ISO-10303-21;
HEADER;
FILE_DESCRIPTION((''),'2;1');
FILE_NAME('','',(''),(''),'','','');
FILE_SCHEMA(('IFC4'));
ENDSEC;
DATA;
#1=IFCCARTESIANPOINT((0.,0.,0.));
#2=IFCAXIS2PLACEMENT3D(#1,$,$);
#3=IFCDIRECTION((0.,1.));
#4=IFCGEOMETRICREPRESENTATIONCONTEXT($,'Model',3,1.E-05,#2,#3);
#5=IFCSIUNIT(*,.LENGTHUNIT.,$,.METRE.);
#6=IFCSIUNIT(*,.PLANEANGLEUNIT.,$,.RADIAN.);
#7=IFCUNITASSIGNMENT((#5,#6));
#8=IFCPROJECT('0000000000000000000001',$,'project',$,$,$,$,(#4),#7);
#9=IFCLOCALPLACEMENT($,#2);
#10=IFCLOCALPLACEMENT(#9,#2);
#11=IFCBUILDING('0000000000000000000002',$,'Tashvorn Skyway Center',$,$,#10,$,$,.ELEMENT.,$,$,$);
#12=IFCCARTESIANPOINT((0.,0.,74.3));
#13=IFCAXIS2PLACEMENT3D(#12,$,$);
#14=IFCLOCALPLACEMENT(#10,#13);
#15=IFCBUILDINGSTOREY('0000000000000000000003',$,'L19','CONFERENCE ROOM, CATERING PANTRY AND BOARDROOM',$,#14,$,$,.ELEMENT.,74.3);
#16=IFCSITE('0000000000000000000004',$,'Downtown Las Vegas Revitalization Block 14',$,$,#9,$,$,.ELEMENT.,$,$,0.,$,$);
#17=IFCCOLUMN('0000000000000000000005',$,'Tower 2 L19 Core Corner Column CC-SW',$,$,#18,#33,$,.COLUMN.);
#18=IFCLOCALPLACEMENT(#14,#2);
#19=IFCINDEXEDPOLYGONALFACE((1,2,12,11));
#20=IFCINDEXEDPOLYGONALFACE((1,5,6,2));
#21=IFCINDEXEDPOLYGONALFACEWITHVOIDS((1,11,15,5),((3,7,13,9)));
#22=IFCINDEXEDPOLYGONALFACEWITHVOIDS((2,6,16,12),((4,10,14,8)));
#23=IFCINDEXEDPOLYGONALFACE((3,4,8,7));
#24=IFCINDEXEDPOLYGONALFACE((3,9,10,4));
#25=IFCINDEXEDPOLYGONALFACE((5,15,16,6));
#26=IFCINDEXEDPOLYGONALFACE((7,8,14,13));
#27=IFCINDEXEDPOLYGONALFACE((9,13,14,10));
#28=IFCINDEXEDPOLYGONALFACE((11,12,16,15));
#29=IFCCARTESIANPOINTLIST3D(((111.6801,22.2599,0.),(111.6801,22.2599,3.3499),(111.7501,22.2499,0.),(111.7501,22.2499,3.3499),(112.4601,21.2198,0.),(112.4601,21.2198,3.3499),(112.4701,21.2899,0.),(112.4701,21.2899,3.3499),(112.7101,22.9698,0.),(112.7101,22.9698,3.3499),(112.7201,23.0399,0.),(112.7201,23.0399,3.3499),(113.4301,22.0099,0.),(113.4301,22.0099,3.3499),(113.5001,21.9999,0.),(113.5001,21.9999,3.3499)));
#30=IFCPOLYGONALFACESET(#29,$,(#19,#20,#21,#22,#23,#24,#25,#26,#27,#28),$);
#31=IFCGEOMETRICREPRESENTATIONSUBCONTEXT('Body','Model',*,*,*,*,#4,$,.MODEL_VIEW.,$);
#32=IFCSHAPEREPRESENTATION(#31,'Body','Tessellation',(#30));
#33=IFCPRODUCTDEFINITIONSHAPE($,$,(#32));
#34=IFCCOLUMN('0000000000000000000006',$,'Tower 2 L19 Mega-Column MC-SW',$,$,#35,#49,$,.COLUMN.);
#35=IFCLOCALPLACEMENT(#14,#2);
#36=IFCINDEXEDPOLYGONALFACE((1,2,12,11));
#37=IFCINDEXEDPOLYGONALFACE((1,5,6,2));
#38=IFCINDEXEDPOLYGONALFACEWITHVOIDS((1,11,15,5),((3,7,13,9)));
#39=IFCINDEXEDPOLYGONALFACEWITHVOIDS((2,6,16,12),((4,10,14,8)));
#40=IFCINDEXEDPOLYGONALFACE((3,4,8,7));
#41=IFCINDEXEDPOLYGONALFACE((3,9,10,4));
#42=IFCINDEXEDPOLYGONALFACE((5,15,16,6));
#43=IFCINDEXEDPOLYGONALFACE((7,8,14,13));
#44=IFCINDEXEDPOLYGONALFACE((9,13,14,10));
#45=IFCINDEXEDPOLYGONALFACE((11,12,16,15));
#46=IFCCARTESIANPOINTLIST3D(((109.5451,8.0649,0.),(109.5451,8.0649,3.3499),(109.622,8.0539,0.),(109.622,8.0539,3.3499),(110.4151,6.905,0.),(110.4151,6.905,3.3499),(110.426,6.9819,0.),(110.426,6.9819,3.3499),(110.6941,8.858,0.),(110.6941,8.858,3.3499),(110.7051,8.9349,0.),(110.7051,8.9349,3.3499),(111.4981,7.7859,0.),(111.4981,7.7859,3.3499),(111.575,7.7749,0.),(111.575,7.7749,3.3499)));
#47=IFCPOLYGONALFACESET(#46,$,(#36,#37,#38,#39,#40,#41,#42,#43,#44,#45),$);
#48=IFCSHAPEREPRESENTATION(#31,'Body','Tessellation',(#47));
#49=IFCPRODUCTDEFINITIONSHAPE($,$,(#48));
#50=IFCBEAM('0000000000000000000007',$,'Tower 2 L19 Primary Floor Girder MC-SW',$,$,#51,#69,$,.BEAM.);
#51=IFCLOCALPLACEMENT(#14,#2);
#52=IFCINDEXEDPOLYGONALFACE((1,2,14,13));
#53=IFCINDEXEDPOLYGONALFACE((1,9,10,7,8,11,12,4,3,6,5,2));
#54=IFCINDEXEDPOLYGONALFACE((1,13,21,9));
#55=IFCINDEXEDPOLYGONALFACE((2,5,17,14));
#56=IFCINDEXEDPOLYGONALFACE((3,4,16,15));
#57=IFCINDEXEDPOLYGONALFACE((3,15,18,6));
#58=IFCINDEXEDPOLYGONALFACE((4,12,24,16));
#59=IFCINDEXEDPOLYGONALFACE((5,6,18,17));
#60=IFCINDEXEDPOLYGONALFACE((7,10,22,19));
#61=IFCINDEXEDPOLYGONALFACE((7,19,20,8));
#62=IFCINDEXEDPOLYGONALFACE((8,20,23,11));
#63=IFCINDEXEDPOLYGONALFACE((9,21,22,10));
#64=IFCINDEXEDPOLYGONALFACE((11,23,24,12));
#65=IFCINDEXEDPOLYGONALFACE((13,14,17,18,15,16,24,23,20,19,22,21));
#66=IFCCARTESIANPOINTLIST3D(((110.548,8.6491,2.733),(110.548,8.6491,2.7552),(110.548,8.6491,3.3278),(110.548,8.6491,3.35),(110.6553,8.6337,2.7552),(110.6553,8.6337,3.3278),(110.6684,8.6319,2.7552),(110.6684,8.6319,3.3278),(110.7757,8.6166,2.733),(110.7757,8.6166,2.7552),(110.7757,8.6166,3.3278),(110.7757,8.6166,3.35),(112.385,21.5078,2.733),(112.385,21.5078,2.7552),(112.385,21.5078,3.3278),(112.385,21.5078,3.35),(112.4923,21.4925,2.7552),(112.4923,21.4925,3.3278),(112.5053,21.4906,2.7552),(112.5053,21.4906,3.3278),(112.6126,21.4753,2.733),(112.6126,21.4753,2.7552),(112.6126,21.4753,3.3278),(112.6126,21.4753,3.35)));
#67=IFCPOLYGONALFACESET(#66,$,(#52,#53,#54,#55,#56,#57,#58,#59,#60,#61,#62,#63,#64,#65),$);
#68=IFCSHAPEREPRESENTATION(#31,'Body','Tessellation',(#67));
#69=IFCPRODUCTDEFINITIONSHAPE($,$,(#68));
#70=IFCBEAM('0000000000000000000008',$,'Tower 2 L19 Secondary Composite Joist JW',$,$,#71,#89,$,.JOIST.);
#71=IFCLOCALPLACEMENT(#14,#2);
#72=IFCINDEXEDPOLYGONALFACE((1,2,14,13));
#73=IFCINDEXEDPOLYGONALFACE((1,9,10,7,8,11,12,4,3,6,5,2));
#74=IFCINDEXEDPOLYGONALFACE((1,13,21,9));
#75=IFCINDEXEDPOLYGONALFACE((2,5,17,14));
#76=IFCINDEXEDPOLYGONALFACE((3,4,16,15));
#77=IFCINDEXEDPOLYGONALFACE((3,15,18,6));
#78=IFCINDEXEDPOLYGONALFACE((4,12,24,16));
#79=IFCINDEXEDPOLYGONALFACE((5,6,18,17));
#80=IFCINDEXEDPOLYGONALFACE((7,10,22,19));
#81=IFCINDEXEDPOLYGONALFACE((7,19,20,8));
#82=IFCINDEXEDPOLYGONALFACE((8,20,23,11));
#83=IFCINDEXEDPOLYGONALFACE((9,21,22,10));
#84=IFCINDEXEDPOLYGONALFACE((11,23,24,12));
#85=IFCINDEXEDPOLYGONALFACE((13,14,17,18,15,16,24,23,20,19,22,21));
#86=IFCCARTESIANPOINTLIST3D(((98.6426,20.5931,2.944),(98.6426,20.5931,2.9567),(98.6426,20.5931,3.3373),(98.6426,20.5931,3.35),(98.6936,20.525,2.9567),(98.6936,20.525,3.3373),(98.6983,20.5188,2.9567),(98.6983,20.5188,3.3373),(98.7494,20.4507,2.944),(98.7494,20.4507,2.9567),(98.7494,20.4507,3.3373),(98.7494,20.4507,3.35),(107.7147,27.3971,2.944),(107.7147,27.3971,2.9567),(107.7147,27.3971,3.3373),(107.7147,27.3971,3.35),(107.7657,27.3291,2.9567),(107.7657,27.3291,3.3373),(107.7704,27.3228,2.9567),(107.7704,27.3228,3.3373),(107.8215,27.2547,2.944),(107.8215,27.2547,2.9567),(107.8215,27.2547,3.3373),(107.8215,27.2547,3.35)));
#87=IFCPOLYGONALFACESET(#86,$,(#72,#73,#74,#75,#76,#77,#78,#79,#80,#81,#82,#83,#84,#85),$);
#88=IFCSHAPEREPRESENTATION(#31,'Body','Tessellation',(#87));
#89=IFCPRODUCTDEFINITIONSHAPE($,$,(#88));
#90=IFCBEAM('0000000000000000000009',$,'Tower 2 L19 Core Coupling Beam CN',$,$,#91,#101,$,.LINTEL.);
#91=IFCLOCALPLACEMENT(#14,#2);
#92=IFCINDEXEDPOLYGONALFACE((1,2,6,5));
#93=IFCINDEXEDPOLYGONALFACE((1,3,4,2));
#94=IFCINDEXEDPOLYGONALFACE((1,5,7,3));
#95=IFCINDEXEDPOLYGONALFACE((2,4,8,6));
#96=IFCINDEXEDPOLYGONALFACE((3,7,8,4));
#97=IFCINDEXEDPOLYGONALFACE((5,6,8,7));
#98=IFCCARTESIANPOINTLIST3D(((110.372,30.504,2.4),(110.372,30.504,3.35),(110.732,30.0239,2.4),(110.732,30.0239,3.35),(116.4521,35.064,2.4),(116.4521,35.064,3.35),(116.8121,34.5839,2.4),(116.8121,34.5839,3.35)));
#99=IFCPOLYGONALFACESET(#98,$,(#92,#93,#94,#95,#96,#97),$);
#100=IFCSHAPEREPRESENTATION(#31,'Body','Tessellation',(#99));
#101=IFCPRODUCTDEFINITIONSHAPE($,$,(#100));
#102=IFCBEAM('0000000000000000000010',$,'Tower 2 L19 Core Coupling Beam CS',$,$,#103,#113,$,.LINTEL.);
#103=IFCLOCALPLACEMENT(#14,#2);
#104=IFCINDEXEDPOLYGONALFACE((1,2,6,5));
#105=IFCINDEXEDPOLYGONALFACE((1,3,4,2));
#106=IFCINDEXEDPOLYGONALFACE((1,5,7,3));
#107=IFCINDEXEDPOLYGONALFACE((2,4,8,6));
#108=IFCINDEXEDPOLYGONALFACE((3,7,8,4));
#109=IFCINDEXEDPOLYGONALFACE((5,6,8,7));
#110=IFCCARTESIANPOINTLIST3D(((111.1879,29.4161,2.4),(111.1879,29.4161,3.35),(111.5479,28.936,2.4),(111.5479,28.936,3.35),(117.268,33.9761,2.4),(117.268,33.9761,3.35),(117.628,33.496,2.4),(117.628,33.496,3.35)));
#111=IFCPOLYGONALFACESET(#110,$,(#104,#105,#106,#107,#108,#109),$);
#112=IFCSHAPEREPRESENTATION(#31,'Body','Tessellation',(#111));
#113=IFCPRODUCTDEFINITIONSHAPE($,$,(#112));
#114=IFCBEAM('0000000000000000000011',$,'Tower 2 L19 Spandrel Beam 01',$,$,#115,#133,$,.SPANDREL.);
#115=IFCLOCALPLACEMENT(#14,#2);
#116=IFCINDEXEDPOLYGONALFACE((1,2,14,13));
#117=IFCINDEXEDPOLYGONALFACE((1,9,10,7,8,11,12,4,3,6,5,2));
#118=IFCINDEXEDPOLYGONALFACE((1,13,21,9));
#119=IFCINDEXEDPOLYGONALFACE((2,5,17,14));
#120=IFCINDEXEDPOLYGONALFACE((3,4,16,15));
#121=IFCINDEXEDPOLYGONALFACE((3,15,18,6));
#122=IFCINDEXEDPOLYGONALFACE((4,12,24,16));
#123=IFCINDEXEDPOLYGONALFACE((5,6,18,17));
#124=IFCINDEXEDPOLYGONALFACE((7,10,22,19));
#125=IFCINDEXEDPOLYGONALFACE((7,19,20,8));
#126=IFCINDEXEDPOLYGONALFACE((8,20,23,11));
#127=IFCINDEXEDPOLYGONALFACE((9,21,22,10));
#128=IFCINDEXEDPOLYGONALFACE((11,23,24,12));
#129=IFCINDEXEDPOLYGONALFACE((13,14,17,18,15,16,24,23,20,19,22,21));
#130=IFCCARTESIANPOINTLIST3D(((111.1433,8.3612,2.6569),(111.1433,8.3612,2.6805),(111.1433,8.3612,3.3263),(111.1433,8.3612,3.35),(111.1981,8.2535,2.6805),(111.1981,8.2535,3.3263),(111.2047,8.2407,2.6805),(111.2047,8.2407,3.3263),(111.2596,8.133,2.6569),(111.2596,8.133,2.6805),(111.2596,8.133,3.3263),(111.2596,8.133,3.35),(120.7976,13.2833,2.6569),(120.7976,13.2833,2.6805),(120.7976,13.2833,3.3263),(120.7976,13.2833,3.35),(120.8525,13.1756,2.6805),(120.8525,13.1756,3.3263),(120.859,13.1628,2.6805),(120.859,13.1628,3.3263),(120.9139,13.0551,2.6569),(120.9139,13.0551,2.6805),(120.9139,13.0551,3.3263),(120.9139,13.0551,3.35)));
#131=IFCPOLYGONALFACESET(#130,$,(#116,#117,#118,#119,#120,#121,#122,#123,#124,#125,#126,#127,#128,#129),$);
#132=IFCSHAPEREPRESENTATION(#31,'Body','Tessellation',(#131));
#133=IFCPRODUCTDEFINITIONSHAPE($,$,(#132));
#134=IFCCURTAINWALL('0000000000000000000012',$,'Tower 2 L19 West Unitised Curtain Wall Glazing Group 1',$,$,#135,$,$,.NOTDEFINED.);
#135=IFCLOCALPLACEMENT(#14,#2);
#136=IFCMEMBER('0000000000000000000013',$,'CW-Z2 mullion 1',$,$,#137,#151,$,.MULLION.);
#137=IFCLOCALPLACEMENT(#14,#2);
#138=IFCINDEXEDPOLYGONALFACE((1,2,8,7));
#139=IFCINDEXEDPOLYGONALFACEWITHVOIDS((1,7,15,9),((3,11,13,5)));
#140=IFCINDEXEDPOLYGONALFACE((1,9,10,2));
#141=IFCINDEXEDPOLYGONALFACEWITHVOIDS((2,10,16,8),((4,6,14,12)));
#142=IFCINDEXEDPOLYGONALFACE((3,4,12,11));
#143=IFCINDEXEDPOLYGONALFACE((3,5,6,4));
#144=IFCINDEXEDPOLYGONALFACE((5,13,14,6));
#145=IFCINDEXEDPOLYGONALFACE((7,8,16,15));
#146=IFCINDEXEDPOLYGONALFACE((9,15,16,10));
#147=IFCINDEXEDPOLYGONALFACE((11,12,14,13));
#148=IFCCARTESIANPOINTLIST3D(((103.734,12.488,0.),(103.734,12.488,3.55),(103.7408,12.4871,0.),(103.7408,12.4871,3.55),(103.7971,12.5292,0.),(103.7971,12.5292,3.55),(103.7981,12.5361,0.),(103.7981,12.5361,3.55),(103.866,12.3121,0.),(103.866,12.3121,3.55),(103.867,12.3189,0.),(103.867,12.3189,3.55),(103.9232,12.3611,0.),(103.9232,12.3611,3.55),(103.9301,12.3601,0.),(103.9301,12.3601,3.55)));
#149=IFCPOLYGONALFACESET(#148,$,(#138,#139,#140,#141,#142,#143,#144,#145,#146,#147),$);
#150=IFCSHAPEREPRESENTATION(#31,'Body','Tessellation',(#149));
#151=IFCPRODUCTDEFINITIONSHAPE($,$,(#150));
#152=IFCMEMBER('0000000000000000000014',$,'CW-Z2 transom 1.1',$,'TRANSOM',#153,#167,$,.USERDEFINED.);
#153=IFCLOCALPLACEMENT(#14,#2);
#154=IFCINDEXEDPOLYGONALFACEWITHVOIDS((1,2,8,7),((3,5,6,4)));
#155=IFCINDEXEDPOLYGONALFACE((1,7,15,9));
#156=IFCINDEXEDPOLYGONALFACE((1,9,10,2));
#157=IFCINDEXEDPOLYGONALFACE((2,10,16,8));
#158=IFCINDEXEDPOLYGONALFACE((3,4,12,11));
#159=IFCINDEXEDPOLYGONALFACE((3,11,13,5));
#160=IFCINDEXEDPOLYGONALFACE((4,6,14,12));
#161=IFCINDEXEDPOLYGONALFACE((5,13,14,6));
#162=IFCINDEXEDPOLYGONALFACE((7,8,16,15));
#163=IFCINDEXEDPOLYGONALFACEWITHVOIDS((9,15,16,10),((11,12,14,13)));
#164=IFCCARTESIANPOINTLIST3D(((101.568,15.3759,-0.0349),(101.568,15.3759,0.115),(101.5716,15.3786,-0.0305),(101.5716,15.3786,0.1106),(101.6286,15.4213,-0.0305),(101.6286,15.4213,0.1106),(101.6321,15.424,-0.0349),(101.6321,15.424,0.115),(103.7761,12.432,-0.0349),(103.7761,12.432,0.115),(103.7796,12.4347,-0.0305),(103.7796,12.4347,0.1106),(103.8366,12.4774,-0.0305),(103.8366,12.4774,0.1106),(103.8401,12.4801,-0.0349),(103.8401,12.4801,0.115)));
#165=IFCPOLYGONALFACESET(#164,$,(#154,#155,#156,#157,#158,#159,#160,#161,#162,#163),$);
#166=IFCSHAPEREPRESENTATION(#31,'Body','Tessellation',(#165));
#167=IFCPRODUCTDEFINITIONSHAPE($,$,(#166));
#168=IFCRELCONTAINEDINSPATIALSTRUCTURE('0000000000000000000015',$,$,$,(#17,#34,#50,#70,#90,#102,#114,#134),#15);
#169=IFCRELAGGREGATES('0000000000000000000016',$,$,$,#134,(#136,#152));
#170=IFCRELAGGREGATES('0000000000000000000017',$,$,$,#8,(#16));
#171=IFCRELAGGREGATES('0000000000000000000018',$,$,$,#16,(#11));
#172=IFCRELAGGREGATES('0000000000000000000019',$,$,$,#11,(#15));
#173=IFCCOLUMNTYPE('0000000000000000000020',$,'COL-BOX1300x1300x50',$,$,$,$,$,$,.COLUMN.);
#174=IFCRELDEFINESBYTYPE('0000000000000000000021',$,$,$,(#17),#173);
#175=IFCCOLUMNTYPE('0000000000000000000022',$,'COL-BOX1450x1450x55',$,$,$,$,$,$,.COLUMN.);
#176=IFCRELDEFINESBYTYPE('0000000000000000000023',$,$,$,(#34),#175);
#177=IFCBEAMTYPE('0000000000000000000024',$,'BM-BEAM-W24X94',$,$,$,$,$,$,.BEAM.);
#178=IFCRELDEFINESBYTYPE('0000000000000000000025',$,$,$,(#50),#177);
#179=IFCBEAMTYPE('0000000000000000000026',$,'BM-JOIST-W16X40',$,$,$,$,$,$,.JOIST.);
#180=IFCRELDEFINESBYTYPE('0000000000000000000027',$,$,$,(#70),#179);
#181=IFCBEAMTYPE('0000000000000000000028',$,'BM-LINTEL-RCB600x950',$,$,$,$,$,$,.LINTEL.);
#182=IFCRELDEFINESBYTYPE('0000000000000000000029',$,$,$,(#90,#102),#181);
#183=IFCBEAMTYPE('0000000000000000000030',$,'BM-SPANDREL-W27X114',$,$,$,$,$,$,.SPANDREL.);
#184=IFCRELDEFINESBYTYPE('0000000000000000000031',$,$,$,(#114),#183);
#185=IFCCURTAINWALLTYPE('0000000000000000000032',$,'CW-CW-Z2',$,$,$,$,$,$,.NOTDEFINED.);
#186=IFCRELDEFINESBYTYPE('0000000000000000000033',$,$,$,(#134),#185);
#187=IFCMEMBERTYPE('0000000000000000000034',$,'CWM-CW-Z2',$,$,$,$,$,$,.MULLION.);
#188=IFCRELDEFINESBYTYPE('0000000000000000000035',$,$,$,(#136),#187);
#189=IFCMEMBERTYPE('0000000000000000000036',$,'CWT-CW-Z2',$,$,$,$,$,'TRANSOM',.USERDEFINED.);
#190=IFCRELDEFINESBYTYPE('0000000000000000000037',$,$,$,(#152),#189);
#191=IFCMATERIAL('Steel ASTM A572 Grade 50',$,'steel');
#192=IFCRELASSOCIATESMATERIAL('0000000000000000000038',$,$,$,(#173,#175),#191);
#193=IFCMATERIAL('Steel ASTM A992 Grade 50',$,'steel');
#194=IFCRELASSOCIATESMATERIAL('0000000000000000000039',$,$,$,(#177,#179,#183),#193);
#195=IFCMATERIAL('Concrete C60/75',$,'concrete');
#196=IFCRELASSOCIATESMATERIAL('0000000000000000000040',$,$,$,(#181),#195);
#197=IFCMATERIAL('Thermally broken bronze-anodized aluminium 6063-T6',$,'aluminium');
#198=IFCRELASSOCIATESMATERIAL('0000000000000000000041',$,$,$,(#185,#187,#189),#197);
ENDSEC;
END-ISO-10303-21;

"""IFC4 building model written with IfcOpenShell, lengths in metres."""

from ifc_helpers import new_model, si_unit, direction, frame, origin, origin_2d, place, context, subcontext, project, spatial, rectangle, hollow_rectangle, i_section, extrude, material, material_profile, profile_set, type_object, element, aggregate, save


model = new_model("IFC4")

# Units and contexts
model_context = context("Model", 3, precision=1e-05, world=origin(), true_north=direction((0.0, 1.0)))
body_context = subcontext(model_context, "Body", "Model", "MODEL_VIEW")
ifc_project = project(units=[si_unit("LENGTHUNIT", "METRE"), si_unit("PLANEANGLEUNIT", "RADIAN")], contexts=[model_context])

# Site, building, storey
site_placement = place(None, origin())
site = spatial("IfcSite", under=ifc_project, at=site_placement, Name="Downtown Las Vegas Revitalization Block 14", CompositionType="ELEMENT", RefElevation=0.0)
building_placement = place(site_placement, origin())
building = spatial("IfcBuilding", under=site, at=building_placement, Name="Tashvorn Skyway Center", CompositionType="ELEMENT")
storey_placement = place(building_placement, frame((0.0, 0.0, 74.3)))
storey = spatial("IfcBuildingStorey", under=building, at=storey_placement, Name="L19", Description="CONFERENCE ROOM, CATERING PANTRY AND BOARDROOM", CompositionType="ELEMENT", Elevation=74.3)

# Columns
ifc_material_1 = material(Name="Steel ASTM A572 Grade 50", Category="steel")
ifc_material_profile_1 = material_profile(ifc_material_1, hollow_rectangle(XDim=1.3, YDim=1.3, WallThickness=0.05, at=origin_2d()), Name="BOX1300x1300x50")
ifc_profile_set_1 = profile_set([ifc_material_profile_1], Name="Steel ASTM A572 Grade 50")
column_type_1 = type_object("IfcColumnType", Name="COL-BOX1300x1300x50", PredefinedType="COLUMN", material=ifc_profile_set_1)
column_1_placement = place(storey_placement, frame((112.5901, 22.1299, 0.0), z_axis=(0.0, 0.0, 1.0), x_axis=(0.8, 0.6, 0.0)))
element("IfcColumn", 1, at=column_1_placement, inside=storey, type_object=column_type_1, Name="Tower 2 L19 Core Corner Column CC-SW", PredefinedType="COLUMN", context=body_context, shape_type="SweptSolid", body=[
    extrude(hollow_rectangle(XDim=1.3, YDim=1.3, WallThickness=0.05, at=origin_2d()), origin(), (0.0, 0.0, 1.0), 3.3499),
])
ifc_material_profile_2 = material_profile(ifc_material_1, hollow_rectangle(XDim=1.45, YDim=1.45, WallThickness=0.0549, at=origin_2d()), Name="BOX1450x1450x55")
ifc_profile_set_2 = profile_set([ifc_material_profile_2], Name="Steel ASTM A572 Grade 50")
column_type_2 = type_object("IfcColumnType", Name="COL-BOX1450x1450x55", PredefinedType="COLUMN", material=ifc_profile_set_2)
column_2_placement = place(storey_placement, frame((110.5601, 7.9199, 0.0), z_axis=(0.0, 0.0, 1.0), x_axis=(0.8, 0.6, 0.0)))
element("IfcColumn", 2, at=column_2_placement, inside=storey, type_object=column_type_2, Name="Tower 2 L19 Mega-Column MC-SW", PredefinedType="COLUMN", context=body_context, shape_type="SweptSolid", body=[
    extrude(hollow_rectangle(XDim=1.45, YDim=1.45, WallThickness=0.0549, at=origin_2d()), origin(), (0.0, 0.0, 1.0), 3.3499),
])

# Beams
ifc_material_2 = material(Name="Steel ASTM A992 Grade 50", Category="steel")
ifc_material_profile_3 = material_profile(ifc_material_2, i_section(OverallWidth=0.23, OverallDepth=0.6169, WebThickness=0.0132, FlangeThickness=0.0222, at=origin_2d()), Name="W24X94")
ifc_profile_set_3 = profile_set([ifc_material_profile_3], Name="Steel ASTM A992 Grade 50")
beam_type_1 = type_object("IfcBeamType", Name="BM-BEAM-W24X94", PredefinedType="BEAM", material=ifc_profile_set_3)
beam_1_placement = place(storey_placement, frame((110.6619, 8.6328, 3.0415), z_axis=(0.141419, 0.98995, 0.0), x_axis=(-0.98995, 0.141419, 0.0)))
element("IfcBeam", 3, at=beam_1_placement, inside=storey, type_object=beam_type_1, Name="Tower 2 L19 Primary Floor Girder MC-SW", PredefinedType="BEAM", context=body_context, shape_type="SweptSolid", body=[
    extrude(i_section(OverallWidth=0.23, OverallDepth=0.6169, WebThickness=0.0132, FlangeThickness=0.0222, at=origin_2d()), origin(), (0.0, 0.0, 1.0), 12.9893),
])
ifc_material_profile_4 = material_profile(ifc_material_2, i_section(OverallWidth=0.178, OverallDepth=0.406, WebThickness=0.0078, FlangeThickness=0.0127, at=origin_2d()), Name="W16X40")
ifc_profile_set_4 = profile_set([ifc_material_profile_4], Name="Steel ASTM A992 Grade 50")
beam_type_2 = type_object("IfcBeamType", Name="BM-JOIST-W16X40", PredefinedType="JOIST", material=ifc_profile_set_4)
beam_2_placement = place(storey_placement, frame((107.7681, 27.3259, 3.147), z_axis=(-0.800003, -0.599997, 0.0), x_axis=(0.599997, -0.800003, 0.0)))
element("IfcBeam", 4, at=beam_2_placement, inside=storey, type_object=beam_type_2, Name="Tower 2 L19 Secondary Composite Joist JW", PredefinedType="JOIST", context=body_context, shape_type="SweptSolid", body=[
    extrude(i_section(OverallWidth=0.178, OverallDepth=0.406, WebThickness=0.0078, FlangeThickness=0.0127, at=origin_2d()), origin(), (0.0, 0.0, 1.0), 11.3401),
])
ifc_material_3 = material(Name="Concrete C60/75", Category="concrete")
ifc_material_profile_5 = material_profile(ifc_material_3, rectangle(XDim=0.6001, YDim=0.95, at=origin_2d()), Name="RCB600x950")
ifc_profile_set_5 = profile_set([ifc_material_profile_5], Name="Concrete C60/75")
beam_type_3 = type_object("IfcBeamType", Name="BM-LINTEL-RCB600x950", PredefinedType="LINTEL", material=ifc_profile_set_5)
for number, where, z_axis, x_axis, name in (
    (5, (110.552, 30.2639, 2.875), (0.8, 0.6, 0.0), (-0.6, 0.8, 0.0), "Tower 2 L19 Core Coupling Beam CN"),
    (6, (111.3679, 29.176, 2.875), (0.8, 0.6, 0.0), (-0.6, 0.8, 0.0), "Tower 2 L19 Core Coupling Beam CS"),
):
    element("IfcBeam", number, at=place(storey_placement, frame(where, z_axis=z_axis, x_axis=x_axis)), inside=storey, type_object=beam_type_3, Name=name, PredefinedType="LINTEL", context=body_context, shape_type="SweptSolid", body=[
        extrude(rectangle(XDim=0.6001, YDim=0.95, at=origin_2d()), origin(), (0.0, 0.0, 1.0), 7.6001),
    ])
ifc_material_profile_6 = material_profile(ifc_material_2, i_section(OverallWidth=0.2561, OverallDepth=0.6931, WebThickness=0.0144, FlangeThickness=0.0237, at=origin_2d()), Name="W27X114")
ifc_profile_set_6 = profile_set([ifc_material_profile_6], Name="Steel ASTM A992 Grade 50")
beam_type_4 = type_object("IfcBeamType", Name="BM-SPANDREL-W27X114", PredefinedType="SPANDREL", material=ifc_profile_set_6)
beam_3_placement = place(storey_placement, frame((111.2014, 8.2471, 3.0034), z_axis=(0.890894, 0.454211, 0.0), x_axis=(-0.454211, 0.890894, 0.0)))
element("IfcBeam", 7, at=beam_3_placement, inside=storey, type_object=beam_type_4, Name="Tower 2 L19 Spandrel Beam 01", PredefinedType="SPANDREL", context=body_context, shape_type="SweptSolid", body=[
    extrude(i_section(OverallWidth=0.2561, OverallDepth=0.6931, WebThickness=0.0144, FlangeThickness=0.0237, at=origin_2d()), origin(), (0.0, 0.0, 1.0), 10.8367),
])

# Curtain wall, members
ifc_material_4 = material(Name="Thermally broken bronze-anodized aluminium 6063-T6", Category="aluminium")
curtain_wall_type = type_object("IfcCurtainWallType", Name="CW-CW-Z2", PredefinedType="NOTDEFINED", material=ifc_material_4)
curtain_wall_placement = place(storey_placement, origin())
curtain_wall = element("IfcCurtainWall", 8, at=curtain_wall_placement, inside=storey, type_object=curtain_wall_type, Name="Tower 2 L19 West Unitised Curtain Wall Glazing Group 1", PredefinedType="NOTDEFINED")
ifc_material_profile_7 = material_profile(ifc_material_4, hollow_rectangle(XDim=0.0801, YDim=0.22, WallThickness=0.0049, at=origin_2d()), Name="ALU-MULL-80x220")
ifc_profile_set_7 = profile_set([ifc_material_profile_7], Name="Thermally broken bronze-anodized aluminium 6063-T6")
member_type_1 = type_object("IfcMemberType", Name="CWM-CW-Z2", PredefinedType="MULLION", material=ifc_profile_set_7)
member_1_placement = place(storey_placement, frame((103.832, 12.4241, 0.0), z_axis=(0.0, 0.0, 1.0), x_axis=(-0.8, -0.6, 0.0)))
member_1 = element("IfcMember", 9, at=member_1_placement, type_object=member_type_1, Name="CW-Z2 mullion 1", PredefinedType="MULLION", context=body_context, shape_type="SweptSolid", body=[
    extrude(hollow_rectangle(XDim=0.0801, YDim=0.22, WallThickness=0.0049, at=origin_2d()), origin(), (0.0, 0.0, 1.0), 3.55),
])
ifc_material_profile_8 = material_profile(ifc_material_4, hollow_rectangle(XDim=0.0801, YDim=0.1499, WallThickness=0.0044, at=origin_2d()), Name="ALU-TRAN-80x150")
ifc_profile_set_8 = profile_set([ifc_material_profile_8], Name="Thermally broken bronze-anodized aluminium 6063-T6")
member_type_2 = type_object("IfcMemberType", Name="CWT-CW-Z2", ElementType="TRANSOM", PredefinedType="USERDEFINED", material=ifc_profile_set_8)
member_2_placement = place(storey_placement, frame((103.8081, 12.4561, 0.04), z_axis=(-0.600021, 0.799984, 0.0), x_axis=(-0.799984, -0.600021, 0.0)))
member_2 = element("IfcMember", 10, at=member_2_placement, type_object=member_type_2, Name="CW-Z2 transom 1.1", ObjectType="TRANSOM", PredefinedType="USERDEFINED", context=body_context, shape_type="SweptSolid", body=[
    extrude(hollow_rectangle(XDim=0.0801, YDim=0.1499, WallThickness=0.0044, at=origin_2d()), origin(), (0.0, 0.0, 1.0), 3.6799),
])
aggregate(curtain_wall, [member_1, member_2])

save(model, "model.ifc")
